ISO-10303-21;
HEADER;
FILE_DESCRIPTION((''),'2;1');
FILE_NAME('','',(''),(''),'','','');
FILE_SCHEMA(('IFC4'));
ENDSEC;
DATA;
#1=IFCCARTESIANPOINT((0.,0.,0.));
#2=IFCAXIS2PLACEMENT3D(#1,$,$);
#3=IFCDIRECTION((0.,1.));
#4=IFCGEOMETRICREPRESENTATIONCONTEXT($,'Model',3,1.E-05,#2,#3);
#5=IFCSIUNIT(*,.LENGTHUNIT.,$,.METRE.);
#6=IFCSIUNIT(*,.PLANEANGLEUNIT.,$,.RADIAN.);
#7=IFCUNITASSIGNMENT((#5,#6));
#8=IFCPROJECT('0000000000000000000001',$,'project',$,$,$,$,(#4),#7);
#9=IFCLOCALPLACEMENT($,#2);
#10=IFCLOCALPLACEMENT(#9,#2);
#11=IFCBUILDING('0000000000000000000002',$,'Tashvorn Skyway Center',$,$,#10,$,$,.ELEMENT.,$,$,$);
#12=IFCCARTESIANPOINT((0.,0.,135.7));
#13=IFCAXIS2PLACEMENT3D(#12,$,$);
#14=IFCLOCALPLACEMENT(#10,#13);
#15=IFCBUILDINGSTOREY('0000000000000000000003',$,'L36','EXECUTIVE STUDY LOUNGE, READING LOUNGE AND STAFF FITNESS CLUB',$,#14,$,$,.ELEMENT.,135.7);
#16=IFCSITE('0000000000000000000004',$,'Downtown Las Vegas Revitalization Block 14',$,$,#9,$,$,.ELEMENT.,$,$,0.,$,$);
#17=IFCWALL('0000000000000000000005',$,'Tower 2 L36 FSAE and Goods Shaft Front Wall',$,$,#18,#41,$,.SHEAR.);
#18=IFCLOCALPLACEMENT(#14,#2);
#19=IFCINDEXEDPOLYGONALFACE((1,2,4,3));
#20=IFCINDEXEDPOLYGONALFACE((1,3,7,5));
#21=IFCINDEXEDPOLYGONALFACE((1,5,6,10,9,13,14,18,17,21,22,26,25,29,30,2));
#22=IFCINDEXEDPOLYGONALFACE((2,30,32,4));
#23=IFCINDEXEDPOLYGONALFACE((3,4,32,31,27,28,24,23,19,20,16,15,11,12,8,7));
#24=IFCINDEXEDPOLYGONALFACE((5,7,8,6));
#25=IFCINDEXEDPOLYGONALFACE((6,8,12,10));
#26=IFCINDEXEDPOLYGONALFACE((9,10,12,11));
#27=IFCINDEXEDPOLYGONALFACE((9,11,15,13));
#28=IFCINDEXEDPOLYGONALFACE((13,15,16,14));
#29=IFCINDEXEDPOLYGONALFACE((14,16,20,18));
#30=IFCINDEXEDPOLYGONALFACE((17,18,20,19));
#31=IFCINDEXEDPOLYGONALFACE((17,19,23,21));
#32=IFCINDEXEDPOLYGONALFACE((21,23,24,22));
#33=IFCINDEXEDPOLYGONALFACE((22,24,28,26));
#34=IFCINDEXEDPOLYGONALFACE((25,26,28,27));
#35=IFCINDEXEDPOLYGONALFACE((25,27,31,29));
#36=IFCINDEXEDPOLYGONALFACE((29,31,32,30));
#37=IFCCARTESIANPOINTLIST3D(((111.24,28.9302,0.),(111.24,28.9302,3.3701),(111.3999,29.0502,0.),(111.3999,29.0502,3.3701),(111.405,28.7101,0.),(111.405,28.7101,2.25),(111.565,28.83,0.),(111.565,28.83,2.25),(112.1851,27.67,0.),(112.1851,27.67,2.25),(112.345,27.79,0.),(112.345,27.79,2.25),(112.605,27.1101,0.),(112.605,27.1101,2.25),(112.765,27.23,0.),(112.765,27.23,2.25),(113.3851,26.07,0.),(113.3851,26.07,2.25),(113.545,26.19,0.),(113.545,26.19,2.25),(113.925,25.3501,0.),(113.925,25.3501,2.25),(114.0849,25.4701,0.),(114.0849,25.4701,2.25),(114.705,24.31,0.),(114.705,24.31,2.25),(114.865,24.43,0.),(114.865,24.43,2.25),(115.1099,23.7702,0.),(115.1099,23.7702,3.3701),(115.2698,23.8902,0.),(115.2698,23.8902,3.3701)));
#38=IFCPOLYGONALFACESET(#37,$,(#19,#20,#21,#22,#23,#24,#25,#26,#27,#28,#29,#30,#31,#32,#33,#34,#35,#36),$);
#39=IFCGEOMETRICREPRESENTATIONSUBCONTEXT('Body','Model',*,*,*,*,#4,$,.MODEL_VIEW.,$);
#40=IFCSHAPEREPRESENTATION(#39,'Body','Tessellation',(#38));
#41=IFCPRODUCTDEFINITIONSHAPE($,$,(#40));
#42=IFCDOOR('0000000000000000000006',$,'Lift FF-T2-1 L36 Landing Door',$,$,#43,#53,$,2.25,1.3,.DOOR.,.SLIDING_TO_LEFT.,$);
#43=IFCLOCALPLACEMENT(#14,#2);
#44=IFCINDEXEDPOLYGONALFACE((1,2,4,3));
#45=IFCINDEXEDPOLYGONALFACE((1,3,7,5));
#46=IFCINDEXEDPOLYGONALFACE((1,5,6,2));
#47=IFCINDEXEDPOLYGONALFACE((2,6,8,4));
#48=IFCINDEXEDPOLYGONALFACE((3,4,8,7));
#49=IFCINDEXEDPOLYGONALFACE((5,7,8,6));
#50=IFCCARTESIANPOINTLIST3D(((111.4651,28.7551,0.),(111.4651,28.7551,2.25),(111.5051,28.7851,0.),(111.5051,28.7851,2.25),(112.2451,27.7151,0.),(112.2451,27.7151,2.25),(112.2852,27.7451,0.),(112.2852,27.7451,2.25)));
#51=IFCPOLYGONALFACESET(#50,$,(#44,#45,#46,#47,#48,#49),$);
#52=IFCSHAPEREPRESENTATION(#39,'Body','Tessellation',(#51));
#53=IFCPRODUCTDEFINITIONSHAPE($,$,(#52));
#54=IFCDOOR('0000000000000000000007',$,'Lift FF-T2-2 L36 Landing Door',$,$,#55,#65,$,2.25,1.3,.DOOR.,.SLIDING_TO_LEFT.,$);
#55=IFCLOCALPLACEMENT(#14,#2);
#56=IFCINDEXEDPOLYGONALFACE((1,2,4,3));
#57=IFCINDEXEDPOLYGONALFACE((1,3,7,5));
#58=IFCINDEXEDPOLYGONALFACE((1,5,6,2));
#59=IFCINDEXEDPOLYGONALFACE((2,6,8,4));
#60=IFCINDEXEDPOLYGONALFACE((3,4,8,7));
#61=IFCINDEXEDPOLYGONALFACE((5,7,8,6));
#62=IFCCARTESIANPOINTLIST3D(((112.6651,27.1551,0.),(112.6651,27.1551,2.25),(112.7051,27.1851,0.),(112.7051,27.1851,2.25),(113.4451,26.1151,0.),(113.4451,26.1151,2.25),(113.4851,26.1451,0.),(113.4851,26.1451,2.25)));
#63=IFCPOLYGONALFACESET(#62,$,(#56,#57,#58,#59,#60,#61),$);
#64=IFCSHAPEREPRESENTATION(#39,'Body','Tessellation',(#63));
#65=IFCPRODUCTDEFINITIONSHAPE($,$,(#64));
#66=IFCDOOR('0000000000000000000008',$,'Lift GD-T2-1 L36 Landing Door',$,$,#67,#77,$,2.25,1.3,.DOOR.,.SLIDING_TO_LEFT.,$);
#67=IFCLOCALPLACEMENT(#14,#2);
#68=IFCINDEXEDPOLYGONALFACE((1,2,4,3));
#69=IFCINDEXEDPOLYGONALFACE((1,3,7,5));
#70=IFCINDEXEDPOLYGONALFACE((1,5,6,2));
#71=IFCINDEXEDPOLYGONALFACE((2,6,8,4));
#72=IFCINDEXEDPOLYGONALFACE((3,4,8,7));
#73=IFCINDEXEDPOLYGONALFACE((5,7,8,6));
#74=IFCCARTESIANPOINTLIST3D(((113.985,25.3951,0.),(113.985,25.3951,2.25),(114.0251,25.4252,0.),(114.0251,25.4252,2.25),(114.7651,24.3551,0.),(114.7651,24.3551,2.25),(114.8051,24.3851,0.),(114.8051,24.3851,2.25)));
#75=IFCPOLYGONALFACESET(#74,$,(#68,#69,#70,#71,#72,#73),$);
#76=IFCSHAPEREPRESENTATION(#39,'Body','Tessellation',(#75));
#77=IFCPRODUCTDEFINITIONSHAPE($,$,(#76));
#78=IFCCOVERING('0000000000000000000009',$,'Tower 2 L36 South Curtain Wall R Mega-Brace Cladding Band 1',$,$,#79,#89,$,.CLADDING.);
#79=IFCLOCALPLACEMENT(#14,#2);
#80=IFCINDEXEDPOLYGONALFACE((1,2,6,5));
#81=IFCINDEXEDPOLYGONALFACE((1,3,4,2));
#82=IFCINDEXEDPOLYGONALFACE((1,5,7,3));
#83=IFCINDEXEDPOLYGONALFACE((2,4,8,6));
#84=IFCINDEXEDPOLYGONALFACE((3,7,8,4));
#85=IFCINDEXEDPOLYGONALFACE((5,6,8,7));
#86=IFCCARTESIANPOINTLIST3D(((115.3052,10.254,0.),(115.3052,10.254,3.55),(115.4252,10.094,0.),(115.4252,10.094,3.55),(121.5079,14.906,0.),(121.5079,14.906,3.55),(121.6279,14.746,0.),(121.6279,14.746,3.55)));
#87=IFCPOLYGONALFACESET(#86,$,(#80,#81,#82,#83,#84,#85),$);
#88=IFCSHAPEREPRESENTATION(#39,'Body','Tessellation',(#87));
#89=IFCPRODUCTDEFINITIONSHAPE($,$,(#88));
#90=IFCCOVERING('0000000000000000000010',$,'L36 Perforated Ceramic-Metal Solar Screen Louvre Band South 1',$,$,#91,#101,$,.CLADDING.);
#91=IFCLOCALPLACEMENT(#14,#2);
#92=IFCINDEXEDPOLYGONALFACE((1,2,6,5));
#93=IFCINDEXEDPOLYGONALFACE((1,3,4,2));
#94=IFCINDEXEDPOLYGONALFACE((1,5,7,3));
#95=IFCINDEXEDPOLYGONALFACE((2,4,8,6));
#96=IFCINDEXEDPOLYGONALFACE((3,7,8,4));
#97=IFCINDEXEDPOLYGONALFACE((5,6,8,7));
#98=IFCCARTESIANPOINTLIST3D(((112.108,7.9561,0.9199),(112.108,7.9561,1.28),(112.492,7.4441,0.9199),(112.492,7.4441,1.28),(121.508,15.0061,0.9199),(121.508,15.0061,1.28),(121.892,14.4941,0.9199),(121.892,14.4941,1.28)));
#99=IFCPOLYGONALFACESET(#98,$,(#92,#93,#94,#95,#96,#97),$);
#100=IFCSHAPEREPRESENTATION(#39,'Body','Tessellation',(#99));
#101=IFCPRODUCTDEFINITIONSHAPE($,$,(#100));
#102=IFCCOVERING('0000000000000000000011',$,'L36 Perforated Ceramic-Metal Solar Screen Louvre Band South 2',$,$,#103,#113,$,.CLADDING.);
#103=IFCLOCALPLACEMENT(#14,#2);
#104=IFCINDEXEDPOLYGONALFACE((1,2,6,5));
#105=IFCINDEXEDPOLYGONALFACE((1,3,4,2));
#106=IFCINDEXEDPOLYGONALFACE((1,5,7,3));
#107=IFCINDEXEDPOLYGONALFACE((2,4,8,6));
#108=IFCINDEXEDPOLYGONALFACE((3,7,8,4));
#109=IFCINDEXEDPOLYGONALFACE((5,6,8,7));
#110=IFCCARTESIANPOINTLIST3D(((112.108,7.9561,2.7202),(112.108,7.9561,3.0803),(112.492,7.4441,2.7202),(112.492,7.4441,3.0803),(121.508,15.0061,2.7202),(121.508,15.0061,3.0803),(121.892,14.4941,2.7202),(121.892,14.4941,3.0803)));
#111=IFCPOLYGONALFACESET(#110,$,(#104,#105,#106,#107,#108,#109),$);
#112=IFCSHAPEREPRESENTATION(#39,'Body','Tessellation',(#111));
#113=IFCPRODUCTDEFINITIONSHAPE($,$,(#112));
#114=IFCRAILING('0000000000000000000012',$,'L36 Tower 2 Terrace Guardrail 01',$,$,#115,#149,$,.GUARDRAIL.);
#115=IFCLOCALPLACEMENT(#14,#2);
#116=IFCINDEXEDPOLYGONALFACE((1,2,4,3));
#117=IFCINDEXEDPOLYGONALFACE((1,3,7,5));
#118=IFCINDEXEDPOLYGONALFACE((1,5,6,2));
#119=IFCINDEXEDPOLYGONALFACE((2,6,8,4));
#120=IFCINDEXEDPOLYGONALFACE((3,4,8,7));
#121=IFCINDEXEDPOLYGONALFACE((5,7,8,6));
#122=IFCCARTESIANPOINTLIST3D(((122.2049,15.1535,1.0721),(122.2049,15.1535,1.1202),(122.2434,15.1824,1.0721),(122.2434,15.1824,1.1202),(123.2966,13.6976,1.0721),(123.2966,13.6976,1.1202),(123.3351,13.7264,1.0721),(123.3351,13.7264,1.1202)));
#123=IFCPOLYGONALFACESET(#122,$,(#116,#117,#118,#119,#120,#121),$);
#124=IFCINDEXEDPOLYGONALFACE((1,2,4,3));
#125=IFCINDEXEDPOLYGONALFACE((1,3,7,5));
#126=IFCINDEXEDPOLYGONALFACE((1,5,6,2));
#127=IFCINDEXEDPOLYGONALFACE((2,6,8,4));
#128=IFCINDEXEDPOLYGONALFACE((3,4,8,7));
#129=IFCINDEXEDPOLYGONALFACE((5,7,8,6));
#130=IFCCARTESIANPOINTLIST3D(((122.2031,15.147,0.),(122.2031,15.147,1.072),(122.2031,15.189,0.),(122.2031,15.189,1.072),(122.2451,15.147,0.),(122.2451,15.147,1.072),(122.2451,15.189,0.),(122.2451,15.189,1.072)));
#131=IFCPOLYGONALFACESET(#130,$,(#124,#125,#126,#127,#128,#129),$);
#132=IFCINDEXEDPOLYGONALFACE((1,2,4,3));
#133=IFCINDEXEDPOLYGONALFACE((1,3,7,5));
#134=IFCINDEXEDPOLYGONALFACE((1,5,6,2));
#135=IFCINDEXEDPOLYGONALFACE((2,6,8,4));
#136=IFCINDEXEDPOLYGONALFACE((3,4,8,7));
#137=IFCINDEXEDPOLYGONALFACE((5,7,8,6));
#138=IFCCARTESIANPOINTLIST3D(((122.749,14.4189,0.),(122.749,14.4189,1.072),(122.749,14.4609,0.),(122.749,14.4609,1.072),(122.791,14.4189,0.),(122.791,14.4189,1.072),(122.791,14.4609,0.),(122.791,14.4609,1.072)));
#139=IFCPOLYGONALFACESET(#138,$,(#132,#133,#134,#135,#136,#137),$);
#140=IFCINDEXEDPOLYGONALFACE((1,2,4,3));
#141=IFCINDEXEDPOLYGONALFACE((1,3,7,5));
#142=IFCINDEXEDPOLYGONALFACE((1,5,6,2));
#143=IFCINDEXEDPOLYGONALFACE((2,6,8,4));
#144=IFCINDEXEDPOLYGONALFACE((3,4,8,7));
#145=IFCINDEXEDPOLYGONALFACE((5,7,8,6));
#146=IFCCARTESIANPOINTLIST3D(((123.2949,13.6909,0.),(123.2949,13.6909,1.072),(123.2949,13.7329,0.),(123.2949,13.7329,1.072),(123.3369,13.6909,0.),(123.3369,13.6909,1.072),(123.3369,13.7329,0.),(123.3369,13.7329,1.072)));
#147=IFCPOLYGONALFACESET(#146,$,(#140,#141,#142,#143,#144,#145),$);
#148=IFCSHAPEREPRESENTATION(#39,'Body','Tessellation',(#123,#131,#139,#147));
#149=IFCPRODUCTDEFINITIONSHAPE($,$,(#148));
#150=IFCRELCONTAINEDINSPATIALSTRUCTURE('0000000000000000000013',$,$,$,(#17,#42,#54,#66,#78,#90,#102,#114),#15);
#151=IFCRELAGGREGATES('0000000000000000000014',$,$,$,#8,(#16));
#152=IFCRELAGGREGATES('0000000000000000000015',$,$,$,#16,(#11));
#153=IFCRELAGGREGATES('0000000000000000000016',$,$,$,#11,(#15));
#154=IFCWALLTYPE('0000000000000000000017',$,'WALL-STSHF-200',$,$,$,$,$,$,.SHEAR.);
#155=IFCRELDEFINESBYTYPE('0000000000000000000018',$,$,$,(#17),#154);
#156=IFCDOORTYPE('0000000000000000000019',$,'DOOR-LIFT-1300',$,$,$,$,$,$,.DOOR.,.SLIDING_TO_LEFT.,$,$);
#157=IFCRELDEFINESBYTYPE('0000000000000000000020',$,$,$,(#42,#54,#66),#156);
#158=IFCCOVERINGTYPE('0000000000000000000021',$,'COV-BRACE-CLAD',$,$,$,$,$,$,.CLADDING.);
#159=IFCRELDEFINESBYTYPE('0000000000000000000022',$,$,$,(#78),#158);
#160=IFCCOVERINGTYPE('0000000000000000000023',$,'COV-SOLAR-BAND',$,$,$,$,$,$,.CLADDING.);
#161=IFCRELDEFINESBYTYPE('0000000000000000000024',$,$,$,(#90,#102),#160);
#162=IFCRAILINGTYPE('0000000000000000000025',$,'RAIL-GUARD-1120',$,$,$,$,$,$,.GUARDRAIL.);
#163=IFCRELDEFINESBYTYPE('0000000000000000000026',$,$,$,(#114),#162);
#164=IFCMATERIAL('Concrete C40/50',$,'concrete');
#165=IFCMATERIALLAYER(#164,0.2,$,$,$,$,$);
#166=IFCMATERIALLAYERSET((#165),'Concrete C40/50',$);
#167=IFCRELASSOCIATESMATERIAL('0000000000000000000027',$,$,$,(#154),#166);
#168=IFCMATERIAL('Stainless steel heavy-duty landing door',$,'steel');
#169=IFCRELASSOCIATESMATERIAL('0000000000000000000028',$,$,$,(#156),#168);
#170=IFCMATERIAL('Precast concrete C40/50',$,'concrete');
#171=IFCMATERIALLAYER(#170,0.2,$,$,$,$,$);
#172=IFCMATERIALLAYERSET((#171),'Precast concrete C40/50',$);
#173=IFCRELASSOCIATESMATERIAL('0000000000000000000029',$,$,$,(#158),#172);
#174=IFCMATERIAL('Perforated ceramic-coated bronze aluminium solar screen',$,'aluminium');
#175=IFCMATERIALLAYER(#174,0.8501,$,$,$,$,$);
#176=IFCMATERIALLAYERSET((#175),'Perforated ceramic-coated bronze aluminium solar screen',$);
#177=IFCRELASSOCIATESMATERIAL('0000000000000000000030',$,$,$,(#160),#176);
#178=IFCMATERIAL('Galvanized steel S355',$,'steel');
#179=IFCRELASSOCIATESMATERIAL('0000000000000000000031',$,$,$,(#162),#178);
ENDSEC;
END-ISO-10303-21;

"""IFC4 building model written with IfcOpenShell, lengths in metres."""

from ifc_helpers import new_model, si_unit, direction, frame, frame_2d, origin, origin_2d, place, context, subcontext, project, spatial, rectangle, extrude, material, layer, layer_set, type_object, element, fill, save


model = new_model("IFC4")

# Units and contexts
model_context = context("Model", 3, precision=1e-05, world=origin(), true_north=direction((0.0, 1.0)))
body_context = subcontext(model_context, "Body", "Model", "MODEL_VIEW")
ifc_project = project(units=[si_unit("LENGTHUNIT", "METRE"), si_unit("PLANEANGLEUNIT", "RADIAN")], contexts=[model_context])

# Site, building, storey
site_placement = place(None, origin())
site = spatial("IfcSite", under=ifc_project, at=site_placement, Name="Downtown Las Vegas Revitalization Block 14", CompositionType="ELEMENT", RefElevation=0.0)
building_placement = place(site_placement, origin())
building = spatial("IfcBuilding", under=site, at=building_placement, Name="Tashvorn Skyway Center", CompositionType="ELEMENT")
storey_placement = place(building_placement, frame((0.0, 0.0, 135.7)))
storey = spatial("IfcBuildingStorey", under=building, at=storey_placement, Name="L36", Description="EXECUTIVE STUDY LOUNGE, READING LOUNGE AND STAFF FITNESS CLUB", CompositionType="ELEMENT", Elevation=135.7)

# Wall, openings, doors
ifc_material_1 = material(Name="Concrete C40/50", Category="concrete")
ifc_layer_1 = layer(ifc_material_1, 0.2)
ifc_layer_set_1 = layer_set([ifc_layer_1], Name="Concrete C40/50")
wall_type = type_object("IfcWallType", Name="WALL-STSHF-200", PredefinedType="SHEAR", material=ifc_layer_set_1)
wall_placement = place(storey_placement, frame((115.1899, 23.8301, 0.0), z_axis=(0.0, 0.0, 1.0), x_axis=(-0.599994, 0.800005, 0.0)))
wall = element("IfcWall", 1, at=wall_placement, inside=storey, type_object=wall_type, Name="Tower 2 L36 FSAE and Goods Shaft Front Wall", PredefinedType="SHEAR", context=body_context, shape_type="SweptSolid", body=[
    extrude(rectangle(XDim=6.45, YDim=0.2, at=frame_2d((3.2251, 0.0))), origin(), (0.0, 0.0, 1.0), 3.3701),
])
opening_1_placement = place(wall_placement, frame((4.875, 0.0, 0.0)))
opening_1 = element("IfcOpeningElement", 2, at=opening_1_placement, cuts=wall, PredefinedType="OPENING", context=body_context, shape_type="SweptSolid", body=[
    extrude(rectangle(XDim=1.3, YDim=2.25, at=frame_2d((0.6499, 1.125))), frame((0.0, 0.1099, 0.0), z_axis=(0.0, -1.0, 0.0), x_axis=(1.0, 0.0, 0.0)), (0.0, 0.0, 1.0), 0.22),
])
opening_2_placement = place(wall_placement, frame((2.875, 0.0, 0.0)))
opening_2 = element("IfcOpeningElement", 3, at=opening_2_placement, cuts=wall, PredefinedType="OPENING", context=body_context, shape_type="SweptSolid", body=[
    extrude(rectangle(XDim=1.3, YDim=2.25, at=frame_2d((0.6499, 1.125))), frame((0.0, 0.1099, 0.0), z_axis=(0.0, -1.0, 0.0), x_axis=(1.0, 0.0, 0.0)), (0.0, 0.0, 1.0), 0.22),
])
opening_3_placement = place(wall_placement, frame((0.675, 0.0, 0.0)))
opening_3 = element("IfcOpeningElement", 4, at=opening_3_placement, cuts=wall, PredefinedType="OPENING", context=body_context, shape_type="SweptSolid", body=[
    extrude(rectangle(XDim=1.3, YDim=2.25, at=frame_2d((0.6499, 1.125))), frame((0.0, 0.1099, 0.0), z_axis=(0.0, -1.0, 0.0), x_axis=(1.0, 0.0, 0.0)), (0.0, 0.0, 1.0), 0.22),
])
ifc_material_2 = material(Name="Stainless steel heavy-duty landing door", Category="steel")
door_type = type_object("IfcDoorType", Name="DOOR-LIFT-1300", OperationType="SLIDING_TO_LEFT", PredefinedType="DOOR", material=ifc_material_2)
door_1_placement = place(opening_1_placement, origin())
door_1 = element("IfcDoor", 5, at=door_1_placement, inside=storey, type_object=door_type, Name="Lift FF-T2-1 L36 Landing Door", OperationType="SLIDING_TO_LEFT", OverallHeight=2.25, OverallWidth=1.3, PredefinedType="DOOR", context=body_context, shape_type="SweptSolid", body=[
    extrude(rectangle(XDim=1.3, YDim=2.25, at=frame_2d((0.6499, 1.125))), frame((0.0, 0.0249, 0.0), z_axis=(0.0, -1.0, 0.0), x_axis=(1.0, 0.0, 0.0)), (0.0, 0.0, 1.0), 0.05),
])
fill(opening_1, door_1)
door_2_placement = place(opening_2_placement, origin())
door_2 = element("IfcDoor", 6, at=door_2_placement, inside=storey, type_object=door_type, Name="Lift FF-T2-2 L36 Landing Door", OperationType="SLIDING_TO_LEFT", OverallHeight=2.25, OverallWidth=1.3, PredefinedType="DOOR", context=body_context, shape_type="SweptSolid", body=[
    extrude(rectangle(XDim=1.3, YDim=2.25, at=frame_2d((0.6499, 1.125))), frame((0.0, 0.0249, 0.0), z_axis=(0.0, -1.0, 0.0), x_axis=(1.0, 0.0, 0.0)), (0.0, 0.0, 1.0), 0.05),
])
fill(opening_2, door_2)
door_3_placement = place(opening_3_placement, origin())
door_3 = element("IfcDoor", 7, at=door_3_placement, inside=storey, type_object=door_type, Name="Lift GD-T2-1 L36 Landing Door", OperationType="SLIDING_TO_LEFT", OverallHeight=2.25, OverallWidth=1.3, PredefinedType="DOOR", context=body_context, shape_type="SweptSolid", body=[
    extrude(rectangle(XDim=1.3, YDim=2.25, at=frame_2d((0.6499, 1.125))), frame((0.0, 0.0249, 0.0), z_axis=(0.0, -1.0, 0.0), x_axis=(1.0, 0.0, 0.0)), (0.0, 0.0, 1.0), 0.05),
])
fill(opening_3, door_3)

# Coverings
ifc_material_3 = material(Name="Precast concrete C40/50", Category="concrete")
ifc_layer_2 = layer(ifc_material_3, 0.2)
ifc_layer_set_2 = layer_set([ifc_layer_2], Name="Precast concrete C40/50")
covering_type_1 = type_object("IfcCoveringType", Name="COV-BRACE-CLAD", PredefinedType="CLADDING", material=ifc_layer_set_2)
covering_placement = place(storey_placement, frame((118.4666, 12.5, 0.0), z_axis=(0.0, 0.0, 1.0), x_axis=(-0.8, -0.6, 0.0)))
element("IfcCovering", 8, at=covering_placement, inside=storey, type_object=covering_type_1, Name="Tower 2 L36 South Curtain Wall R Mega-Brace Cladding Band 1", PredefinedType="CLADDING", context=body_context, shape_type="SweptSolid", body=[
    extrude(rectangle(XDim=7.7534, YDim=0.2, at=origin_2d()), origin(), (0.0, 0.0, 1.0), 3.55),
])
ifc_material_4 = material(Name="Perforated ceramic-coated bronze aluminium solar screen", Category="aluminium")
ifc_layer_3 = layer(ifc_material_4, 0.8501)
ifc_layer_set_3 = layer_set([ifc_layer_3], Name="Perforated ceramic-coated bronze aluminium solar screen")
covering_type_2 = type_object("IfcCoveringType", Name="COV-SOLAR-BAND", PredefinedType="CLADDING", material=ifc_layer_set_3)
for number, where, z_axis, x_axis, name in (
    (9, (117.0, 11.2251, 0.9199), (0.0, 0.0, 1.0), (-0.8, -0.6, 0.0), "L36 Perforated Ceramic-Metal Solar Screen Louvre Band South 1"),
    (10, (117.0, 11.2251, 2.7202), (0.0, 0.0, 1.0), (-0.8, -0.6, 0.0), "L36 Perforated Ceramic-Metal Solar Screen Louvre Band South 2"),
):
    element("IfcCovering", number, at=place(storey_placement, frame(where, z_axis=z_axis, x_axis=x_axis)), inside=storey, type_object=covering_type_2, Name=name, PredefinedType="CLADDING", context=body_context, shape_type="SweptSolid", body=[
        extrude(rectangle(XDim=11.75, YDim=0.6399, at=origin_2d()), origin(), (0.0, 0.0, 1.0), 0.3601),
    ])

# Railing
ifc_material_5 = material(Name="Galvanized steel S355", Category="steel")
railing_type = type_object("IfcRailingType", Name="RAIL-GUARD-1120", PredefinedType="GUARDRAIL", material=ifc_material_5)
railing_1_placement = place(storey_placement, frame((122.2241, 15.168, 0.0)))
element("IfcRailing", 11, at=railing_1_placement, inside=storey, type_object=railing_type, Name="L36 Tower 2 Terrace Guardrail 01", PredefinedType="GUARDRAIL", context=body_context, shape_type="SweptSolid", body=[
    extrude(rectangle(XDim=0.0481, YDim=0.0481, at=origin_2d()), frame((0.0, 0.0, 1.0962), z_axis=(0.599914, -0.800064, 0.0), x_axis=(0.800064, 0.599914, 0.0)), (0.0, 0.0, 1.0), 1.8198),
    extrude(rectangle(XDim=0.042, YDim=0.042, at=origin_2d()), origin(), (0.0, 0.0, 1.0), 1.072),
    extrude(rectangle(XDim=0.042, YDim=0.042, at=origin_2d()), frame((0.5459, -0.728, 0.0)), (0.0, 0.0, 1.0), 1.072),
    extrude(rectangle(XDim=0.042, YDim=0.042, at=origin_2d()), frame((1.0918, -1.4561, 0.0)), (0.0, 0.0, 1.0), 1.072),
])

save(model, "model.ifc")
